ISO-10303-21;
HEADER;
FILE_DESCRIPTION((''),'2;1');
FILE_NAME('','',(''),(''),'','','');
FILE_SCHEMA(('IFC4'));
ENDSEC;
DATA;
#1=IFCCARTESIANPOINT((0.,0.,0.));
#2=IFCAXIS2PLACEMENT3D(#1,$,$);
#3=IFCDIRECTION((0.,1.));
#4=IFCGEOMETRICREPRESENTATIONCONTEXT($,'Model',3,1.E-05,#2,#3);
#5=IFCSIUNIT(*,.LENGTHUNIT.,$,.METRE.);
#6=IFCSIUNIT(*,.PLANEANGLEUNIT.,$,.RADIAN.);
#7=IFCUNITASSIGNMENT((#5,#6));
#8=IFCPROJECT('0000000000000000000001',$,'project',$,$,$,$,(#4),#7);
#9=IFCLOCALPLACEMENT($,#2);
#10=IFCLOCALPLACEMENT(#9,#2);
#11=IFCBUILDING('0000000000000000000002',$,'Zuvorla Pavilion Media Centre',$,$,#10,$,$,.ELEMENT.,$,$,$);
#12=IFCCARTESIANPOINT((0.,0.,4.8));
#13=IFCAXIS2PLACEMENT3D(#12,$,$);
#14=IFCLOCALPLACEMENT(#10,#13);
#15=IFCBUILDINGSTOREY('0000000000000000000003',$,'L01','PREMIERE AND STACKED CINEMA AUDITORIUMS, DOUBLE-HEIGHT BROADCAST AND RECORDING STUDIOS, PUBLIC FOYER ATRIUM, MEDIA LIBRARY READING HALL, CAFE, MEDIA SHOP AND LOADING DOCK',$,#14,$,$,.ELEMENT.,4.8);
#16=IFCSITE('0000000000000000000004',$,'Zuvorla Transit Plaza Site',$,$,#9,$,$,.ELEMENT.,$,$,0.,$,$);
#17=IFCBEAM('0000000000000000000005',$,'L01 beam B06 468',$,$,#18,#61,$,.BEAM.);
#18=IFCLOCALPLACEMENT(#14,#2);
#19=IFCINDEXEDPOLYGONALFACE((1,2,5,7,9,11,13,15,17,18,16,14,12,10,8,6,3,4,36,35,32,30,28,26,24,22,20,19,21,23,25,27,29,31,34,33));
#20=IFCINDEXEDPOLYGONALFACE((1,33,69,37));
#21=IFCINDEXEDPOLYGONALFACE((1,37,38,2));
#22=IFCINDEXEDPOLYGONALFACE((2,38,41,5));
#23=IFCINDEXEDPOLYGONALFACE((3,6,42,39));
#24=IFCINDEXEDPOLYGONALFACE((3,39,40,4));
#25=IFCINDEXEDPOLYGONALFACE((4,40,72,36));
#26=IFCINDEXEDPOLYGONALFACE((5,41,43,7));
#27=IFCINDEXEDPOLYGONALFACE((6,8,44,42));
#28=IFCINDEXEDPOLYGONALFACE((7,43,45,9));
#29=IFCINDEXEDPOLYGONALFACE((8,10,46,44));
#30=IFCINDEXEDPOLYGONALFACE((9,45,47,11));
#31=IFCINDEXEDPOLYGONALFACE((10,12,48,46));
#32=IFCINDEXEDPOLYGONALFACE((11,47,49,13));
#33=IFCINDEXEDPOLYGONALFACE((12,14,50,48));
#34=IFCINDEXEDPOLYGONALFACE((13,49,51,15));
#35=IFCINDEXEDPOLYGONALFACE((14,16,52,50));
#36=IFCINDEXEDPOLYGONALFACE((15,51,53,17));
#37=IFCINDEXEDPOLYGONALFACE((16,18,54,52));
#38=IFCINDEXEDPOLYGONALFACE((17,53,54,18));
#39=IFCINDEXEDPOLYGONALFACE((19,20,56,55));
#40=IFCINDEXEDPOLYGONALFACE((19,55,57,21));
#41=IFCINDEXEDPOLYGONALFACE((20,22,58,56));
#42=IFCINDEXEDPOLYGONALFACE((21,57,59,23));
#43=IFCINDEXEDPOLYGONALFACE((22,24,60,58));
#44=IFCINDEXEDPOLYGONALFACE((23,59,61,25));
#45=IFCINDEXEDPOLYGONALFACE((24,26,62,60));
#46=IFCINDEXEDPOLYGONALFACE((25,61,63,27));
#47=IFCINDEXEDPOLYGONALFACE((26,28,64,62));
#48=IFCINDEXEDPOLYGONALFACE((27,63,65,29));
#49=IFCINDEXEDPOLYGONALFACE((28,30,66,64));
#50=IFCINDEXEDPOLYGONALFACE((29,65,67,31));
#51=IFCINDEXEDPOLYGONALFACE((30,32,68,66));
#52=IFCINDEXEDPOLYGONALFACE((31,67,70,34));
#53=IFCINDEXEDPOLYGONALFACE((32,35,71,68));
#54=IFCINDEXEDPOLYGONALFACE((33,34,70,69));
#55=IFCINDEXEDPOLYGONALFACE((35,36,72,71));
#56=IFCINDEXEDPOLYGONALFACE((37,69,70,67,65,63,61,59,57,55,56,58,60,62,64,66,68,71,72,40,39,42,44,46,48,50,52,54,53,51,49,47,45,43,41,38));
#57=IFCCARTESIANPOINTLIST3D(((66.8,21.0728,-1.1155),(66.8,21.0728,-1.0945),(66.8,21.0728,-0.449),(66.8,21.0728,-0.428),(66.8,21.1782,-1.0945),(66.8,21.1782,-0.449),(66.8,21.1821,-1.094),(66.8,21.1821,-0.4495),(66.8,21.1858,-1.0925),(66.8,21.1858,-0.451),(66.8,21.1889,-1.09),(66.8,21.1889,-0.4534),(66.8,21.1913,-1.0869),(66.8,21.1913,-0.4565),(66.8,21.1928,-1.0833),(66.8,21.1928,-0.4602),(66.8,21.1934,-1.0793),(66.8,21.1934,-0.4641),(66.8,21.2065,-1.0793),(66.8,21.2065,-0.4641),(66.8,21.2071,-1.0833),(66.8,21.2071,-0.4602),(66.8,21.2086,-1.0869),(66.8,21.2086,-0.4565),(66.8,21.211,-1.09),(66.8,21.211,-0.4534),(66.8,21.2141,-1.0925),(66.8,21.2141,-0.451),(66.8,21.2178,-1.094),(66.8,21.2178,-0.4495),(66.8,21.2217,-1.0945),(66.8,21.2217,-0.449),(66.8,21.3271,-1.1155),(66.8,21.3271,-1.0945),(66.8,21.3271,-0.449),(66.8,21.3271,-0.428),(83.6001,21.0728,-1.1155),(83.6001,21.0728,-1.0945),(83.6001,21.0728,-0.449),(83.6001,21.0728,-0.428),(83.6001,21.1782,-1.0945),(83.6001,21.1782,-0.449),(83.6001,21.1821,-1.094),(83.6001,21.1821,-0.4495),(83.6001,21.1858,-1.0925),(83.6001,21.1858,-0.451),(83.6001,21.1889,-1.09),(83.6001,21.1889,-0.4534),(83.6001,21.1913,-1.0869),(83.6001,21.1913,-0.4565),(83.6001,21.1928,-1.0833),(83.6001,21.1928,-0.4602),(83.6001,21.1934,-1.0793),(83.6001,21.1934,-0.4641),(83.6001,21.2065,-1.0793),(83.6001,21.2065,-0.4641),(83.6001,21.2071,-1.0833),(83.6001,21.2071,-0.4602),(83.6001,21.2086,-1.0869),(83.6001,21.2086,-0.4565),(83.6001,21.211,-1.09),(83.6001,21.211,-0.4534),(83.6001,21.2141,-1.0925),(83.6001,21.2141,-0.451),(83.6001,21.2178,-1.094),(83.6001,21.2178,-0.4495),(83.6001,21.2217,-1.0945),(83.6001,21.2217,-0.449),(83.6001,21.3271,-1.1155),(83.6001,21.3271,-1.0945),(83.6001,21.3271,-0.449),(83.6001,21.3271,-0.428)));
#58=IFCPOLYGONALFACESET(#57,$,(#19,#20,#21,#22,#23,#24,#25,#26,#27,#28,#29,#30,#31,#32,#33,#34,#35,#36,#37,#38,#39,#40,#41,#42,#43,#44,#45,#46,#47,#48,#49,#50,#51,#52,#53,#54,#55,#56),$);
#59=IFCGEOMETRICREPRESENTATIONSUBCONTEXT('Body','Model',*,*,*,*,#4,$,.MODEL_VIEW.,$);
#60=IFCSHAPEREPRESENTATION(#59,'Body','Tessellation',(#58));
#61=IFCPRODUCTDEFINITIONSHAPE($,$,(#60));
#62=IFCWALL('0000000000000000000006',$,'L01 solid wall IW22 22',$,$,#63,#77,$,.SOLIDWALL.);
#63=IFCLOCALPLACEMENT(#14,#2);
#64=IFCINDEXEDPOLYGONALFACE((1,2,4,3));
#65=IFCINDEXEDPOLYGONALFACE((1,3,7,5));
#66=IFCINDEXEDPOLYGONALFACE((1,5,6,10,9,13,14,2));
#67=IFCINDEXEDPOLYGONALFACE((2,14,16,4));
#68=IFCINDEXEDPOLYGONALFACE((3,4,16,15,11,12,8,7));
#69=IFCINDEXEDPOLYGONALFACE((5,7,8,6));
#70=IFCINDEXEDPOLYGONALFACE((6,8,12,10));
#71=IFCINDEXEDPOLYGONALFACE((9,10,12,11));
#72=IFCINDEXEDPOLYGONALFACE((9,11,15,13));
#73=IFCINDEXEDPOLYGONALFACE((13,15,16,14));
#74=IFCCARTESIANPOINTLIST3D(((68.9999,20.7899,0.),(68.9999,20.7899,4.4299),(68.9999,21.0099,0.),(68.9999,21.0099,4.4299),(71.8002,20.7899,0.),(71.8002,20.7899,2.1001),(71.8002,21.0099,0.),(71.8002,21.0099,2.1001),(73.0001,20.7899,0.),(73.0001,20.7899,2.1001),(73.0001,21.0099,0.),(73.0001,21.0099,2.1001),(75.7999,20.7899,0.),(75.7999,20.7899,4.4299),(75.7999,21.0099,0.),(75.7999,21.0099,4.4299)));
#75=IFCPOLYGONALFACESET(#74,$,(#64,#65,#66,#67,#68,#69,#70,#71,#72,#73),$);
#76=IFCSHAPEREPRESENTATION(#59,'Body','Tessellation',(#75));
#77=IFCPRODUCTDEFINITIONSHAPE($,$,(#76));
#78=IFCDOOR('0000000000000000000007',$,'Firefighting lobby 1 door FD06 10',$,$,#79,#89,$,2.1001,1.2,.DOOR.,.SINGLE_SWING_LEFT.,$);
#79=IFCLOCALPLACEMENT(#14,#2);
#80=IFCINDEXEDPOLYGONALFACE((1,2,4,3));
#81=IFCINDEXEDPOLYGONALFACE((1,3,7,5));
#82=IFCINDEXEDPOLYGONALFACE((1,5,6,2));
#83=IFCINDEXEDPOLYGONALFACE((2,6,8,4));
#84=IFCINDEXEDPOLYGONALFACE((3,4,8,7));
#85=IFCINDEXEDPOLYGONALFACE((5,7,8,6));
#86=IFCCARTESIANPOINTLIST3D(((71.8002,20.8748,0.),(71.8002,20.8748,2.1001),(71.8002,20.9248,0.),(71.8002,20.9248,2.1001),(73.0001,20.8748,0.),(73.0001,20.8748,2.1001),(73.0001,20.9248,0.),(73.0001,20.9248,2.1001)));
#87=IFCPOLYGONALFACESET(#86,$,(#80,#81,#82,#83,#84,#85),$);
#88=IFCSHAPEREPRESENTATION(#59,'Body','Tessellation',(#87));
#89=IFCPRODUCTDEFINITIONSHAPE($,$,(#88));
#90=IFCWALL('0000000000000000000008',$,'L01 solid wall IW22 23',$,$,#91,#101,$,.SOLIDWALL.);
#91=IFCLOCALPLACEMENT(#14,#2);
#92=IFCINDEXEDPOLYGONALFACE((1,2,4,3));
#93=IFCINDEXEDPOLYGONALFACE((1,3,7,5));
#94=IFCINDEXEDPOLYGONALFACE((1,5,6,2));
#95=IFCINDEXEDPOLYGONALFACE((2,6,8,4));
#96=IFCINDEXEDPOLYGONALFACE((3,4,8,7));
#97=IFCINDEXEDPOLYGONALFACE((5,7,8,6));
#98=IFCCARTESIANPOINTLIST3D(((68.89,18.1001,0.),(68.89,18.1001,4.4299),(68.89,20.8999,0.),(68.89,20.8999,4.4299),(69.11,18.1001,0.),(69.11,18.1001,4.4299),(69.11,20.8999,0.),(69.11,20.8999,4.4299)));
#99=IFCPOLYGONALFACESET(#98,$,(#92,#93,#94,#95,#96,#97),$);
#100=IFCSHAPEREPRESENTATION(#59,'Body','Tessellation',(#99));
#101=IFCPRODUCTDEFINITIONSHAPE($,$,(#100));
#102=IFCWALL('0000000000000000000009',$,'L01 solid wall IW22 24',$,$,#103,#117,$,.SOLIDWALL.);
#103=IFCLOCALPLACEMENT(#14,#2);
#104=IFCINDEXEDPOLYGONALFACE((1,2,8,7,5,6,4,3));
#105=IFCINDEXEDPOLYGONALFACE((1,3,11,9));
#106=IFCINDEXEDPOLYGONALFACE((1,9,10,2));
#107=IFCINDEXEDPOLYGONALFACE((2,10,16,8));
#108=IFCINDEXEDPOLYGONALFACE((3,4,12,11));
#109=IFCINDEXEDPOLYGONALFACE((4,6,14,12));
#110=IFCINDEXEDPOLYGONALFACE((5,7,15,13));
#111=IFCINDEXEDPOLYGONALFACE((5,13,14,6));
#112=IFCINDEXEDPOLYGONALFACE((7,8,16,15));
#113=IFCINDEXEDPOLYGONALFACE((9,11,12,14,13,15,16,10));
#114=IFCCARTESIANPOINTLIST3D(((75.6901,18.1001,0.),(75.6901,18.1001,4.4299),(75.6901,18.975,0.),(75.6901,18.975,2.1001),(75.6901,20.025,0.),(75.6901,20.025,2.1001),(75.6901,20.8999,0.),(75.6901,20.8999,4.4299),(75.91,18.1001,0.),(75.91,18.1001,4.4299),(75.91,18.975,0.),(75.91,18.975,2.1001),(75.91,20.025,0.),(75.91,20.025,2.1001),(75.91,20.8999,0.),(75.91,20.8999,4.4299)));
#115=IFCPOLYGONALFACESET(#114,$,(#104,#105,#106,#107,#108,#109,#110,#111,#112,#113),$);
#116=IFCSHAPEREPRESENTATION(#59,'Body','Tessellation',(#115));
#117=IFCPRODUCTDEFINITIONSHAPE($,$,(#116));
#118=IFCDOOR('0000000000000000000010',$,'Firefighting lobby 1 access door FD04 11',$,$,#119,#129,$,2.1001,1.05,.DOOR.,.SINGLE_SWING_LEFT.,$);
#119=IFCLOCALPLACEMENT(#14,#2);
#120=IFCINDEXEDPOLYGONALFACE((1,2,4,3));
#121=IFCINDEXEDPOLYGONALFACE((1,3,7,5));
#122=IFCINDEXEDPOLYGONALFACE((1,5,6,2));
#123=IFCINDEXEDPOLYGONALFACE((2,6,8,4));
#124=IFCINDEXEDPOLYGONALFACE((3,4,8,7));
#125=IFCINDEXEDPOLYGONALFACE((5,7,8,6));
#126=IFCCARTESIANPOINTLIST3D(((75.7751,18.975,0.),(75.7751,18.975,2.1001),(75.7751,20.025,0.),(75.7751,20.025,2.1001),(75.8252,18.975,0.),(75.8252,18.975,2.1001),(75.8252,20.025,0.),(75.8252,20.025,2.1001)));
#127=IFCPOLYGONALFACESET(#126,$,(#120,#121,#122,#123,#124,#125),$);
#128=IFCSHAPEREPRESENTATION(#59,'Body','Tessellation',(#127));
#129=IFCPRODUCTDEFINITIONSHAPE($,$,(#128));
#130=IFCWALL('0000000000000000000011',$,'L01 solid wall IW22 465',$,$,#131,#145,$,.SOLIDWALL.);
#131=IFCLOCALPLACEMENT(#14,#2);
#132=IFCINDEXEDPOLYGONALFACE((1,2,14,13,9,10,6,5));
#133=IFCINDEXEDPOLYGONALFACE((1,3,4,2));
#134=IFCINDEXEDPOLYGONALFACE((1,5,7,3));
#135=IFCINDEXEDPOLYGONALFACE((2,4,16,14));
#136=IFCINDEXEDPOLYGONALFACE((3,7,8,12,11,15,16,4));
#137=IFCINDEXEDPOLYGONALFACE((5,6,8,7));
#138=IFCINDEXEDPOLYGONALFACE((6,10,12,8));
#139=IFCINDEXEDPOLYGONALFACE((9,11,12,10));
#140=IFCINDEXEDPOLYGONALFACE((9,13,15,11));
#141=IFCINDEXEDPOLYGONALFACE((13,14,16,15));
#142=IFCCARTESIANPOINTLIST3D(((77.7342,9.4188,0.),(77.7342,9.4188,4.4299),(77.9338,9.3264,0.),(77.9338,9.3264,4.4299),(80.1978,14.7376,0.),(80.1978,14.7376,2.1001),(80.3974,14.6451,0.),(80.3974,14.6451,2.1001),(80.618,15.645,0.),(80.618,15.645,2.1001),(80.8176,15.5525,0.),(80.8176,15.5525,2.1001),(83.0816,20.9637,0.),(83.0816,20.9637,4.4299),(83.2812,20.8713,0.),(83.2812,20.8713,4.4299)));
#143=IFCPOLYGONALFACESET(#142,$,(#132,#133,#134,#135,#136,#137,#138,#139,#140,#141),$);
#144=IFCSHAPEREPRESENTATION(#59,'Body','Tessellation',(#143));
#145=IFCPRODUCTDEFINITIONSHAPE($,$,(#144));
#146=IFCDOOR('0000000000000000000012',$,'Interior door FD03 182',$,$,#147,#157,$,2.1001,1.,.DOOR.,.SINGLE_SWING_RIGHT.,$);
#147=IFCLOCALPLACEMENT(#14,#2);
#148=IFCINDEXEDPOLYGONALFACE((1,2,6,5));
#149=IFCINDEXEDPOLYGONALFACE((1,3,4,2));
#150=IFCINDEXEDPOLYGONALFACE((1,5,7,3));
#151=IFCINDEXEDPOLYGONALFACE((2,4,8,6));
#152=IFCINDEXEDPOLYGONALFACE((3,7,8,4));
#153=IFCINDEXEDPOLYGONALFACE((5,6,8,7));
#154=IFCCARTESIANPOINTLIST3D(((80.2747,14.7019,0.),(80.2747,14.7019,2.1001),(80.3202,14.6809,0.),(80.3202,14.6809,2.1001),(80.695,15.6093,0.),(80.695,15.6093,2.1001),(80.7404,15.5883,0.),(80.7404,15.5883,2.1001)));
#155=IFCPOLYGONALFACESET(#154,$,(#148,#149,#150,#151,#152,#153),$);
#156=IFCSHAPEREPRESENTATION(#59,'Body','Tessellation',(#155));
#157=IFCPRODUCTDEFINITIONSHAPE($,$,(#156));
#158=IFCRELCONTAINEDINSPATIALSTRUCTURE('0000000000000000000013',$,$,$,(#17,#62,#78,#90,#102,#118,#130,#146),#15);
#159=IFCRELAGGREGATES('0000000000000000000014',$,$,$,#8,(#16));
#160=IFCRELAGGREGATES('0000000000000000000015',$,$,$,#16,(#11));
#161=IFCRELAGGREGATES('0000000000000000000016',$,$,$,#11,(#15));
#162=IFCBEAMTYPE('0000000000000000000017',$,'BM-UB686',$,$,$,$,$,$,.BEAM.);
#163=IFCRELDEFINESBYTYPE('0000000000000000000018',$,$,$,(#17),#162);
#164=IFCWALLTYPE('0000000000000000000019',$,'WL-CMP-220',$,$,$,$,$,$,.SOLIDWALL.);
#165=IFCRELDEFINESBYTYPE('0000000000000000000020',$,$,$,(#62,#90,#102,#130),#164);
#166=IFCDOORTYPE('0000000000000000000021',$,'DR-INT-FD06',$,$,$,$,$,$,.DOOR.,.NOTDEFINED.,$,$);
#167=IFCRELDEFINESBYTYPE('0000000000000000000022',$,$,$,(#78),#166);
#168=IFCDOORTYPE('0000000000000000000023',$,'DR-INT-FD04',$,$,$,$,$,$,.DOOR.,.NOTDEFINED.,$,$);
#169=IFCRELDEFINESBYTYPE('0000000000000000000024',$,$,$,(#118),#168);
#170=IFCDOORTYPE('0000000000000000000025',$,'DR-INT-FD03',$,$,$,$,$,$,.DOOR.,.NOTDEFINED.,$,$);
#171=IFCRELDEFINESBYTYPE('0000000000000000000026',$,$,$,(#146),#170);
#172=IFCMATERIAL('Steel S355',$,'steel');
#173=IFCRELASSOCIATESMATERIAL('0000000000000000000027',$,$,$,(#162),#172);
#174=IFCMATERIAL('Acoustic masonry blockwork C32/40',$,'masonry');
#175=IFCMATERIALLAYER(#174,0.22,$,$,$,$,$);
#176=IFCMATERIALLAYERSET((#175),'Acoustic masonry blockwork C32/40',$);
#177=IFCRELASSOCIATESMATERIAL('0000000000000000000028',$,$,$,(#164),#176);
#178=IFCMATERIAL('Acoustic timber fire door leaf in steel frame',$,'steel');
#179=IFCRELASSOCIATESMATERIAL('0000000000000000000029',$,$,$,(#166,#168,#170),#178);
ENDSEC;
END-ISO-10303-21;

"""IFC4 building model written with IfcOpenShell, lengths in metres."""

from ifc_helpers import new_model, si_unit, direction, frame, frame_2d, origin, origin_2d, place, context, subcontext, project, spatial, rectangle, i_section, extrude, material, layer, layer_set, material_profile, profile_set, type_object, element, fill, save


model = new_model("IFC4")

# Units and contexts
model_context = context("Model", 3, precision=1e-05, world=origin(), true_north=direction((0.0, 1.0)))
body_context = subcontext(model_context, "Body", "Model", "MODEL_VIEW")
ifc_project = project(units=[si_unit("LENGTHUNIT", "METRE"), si_unit("PLANEANGLEUNIT", "RADIAN")], contexts=[model_context])

# Site, building, storey
site_placement = place(None, origin())
site = spatial("IfcSite", under=ifc_project, at=site_placement, Name="Zuvorla Transit Plaza Site", CompositionType="ELEMENT", RefElevation=0.0)
building_placement = place(site_placement, origin())
building = spatial("IfcBuilding", under=site, at=building_placement, Name="Zuvorla Pavilion Media Centre", CompositionType="ELEMENT")
storey_placement = place(building_placement, frame((0.0, 0.0, 4.8)))
storey = spatial("IfcBuildingStorey", under=building, at=storey_placement, Name="L01", Description="PREMIERE AND STACKED CINEMA AUDITORIUMS, DOUBLE-HEIGHT BROADCAST AND RECORDING STUDIOS, PUBLIC FOYER ATRIUM, MEDIA LIBRARY READING HALL, CAFE, MEDIA SHOP AND LOADING DOCK", CompositionType="ELEMENT", Elevation=4.8)

# Beam
ifc_material_1 = material(Name="Steel S355", Category="steel")
ifc_material_profile_1 = material_profile(ifc_material_1, i_section(OverallWidth=0.2544, OverallDepth=0.6875, WebThickness=0.0132, FlangeThickness=0.021, FilletRadius=0.0151, at=origin_2d()), Name="UB 686x254x152")
ifc_profile_set_1 = profile_set([ifc_material_profile_1], Name="Steel S355")
beam_type_1 = type_object("IfcBeamType", Name="BM-UB686", PredefinedType="BEAM", material=ifc_profile_set_1)
beam_1_placement = place(storey_placement, frame((66.8, 21.2, -0.7717), z_axis=(1.0, 0.0, 0.0), x_axis=(0.0, 1.0, 0.0)))
element("IfcBeam", 1, at=beam_1_placement, inside=storey, type_object=beam_type_1, Name="L01 beam B06 468", PredefinedType="BEAM", context=body_context, shape_type="SweptSolid", body=[
    extrude(i_section(OverallWidth=0.2544, OverallDepth=0.6875, WebThickness=0.0132, FlangeThickness=0.021, FilletRadius=0.0151, at=origin_2d()), origin(), (0.0, 0.0, 1.0), 16.8),
])

# Wall, opening, door
ifc_material_2 = material(Name="Acoustic masonry blockwork C32/40", Category="masonry")
ifc_layer_1 = layer(ifc_material_2, 0.22)
ifc_layer_set_1 = layer_set([ifc_layer_1], Name="Acoustic masonry blockwork C32/40")
wall_type_1 = type_object("IfcWallType", Name="WL-CMP-220", PredefinedType="SOLIDWALL", material=ifc_layer_set_1)
wall_1_placement = place(storey_placement, frame((69.0, 20.8999, 0.0), z_axis=(0.0, 0.0, 1.0), x_axis=(1.0, 0.0, 0.0)))
wall_1 = element("IfcWall", 2, at=wall_1_placement, inside=storey, type_object=wall_type_1, Name="L01 solid wall IW22 22", PredefinedType="SOLIDWALL", context=body_context, shape_type="SweptSolid", body=[
    extrude(rectangle(XDim=6.8, YDim=0.22, at=frame_2d((3.3999, 0.0))), origin(), (0.0, 0.0, 1.0), 4.4299),
])
opening_1_placement = place(wall_1_placement, frame((2.8, 0.0, 0.0)))
opening_1 = element("IfcOpeningElement", 3, at=opening_1_placement, cuts=wall_1, PredefinedType="OPENING", context=body_context, shape_type="SweptSolid", body=[
    extrude(rectangle(XDim=1.2, YDim=2.1001, at=frame_2d((0.6001, 1.05))), frame((0.0, 0.1199, 0.0), z_axis=(0.0, -1.0, 0.0), x_axis=(1.0, 0.0, 0.0)), (0.0, 0.0, 1.0), 0.24),
])
ifc_material_3 = material(Name="Acoustic timber fire door leaf in steel frame", Category="steel")
door_type_1 = type_object("IfcDoorType", Name="DR-INT-FD06", OperationType="NOTDEFINED", PredefinedType="DOOR", material=ifc_material_3)
door_1_placement = place(opening_1_placement, origin())
door_1 = element("IfcDoor", 4, at=door_1_placement, inside=storey, type_object=door_type_1, Name="Firefighting lobby 1 door FD06 10", OperationType="SINGLE_SWING_LEFT", OverallHeight=2.1001, OverallWidth=1.2, PredefinedType="DOOR", context=body_context, shape_type="SweptSolid", body=[
    extrude(rectangle(XDim=1.2, YDim=2.1001, at=frame_2d((0.6001, 1.05))), frame((0.0, 0.0249, 0.0), z_axis=(0.0, -1.0, 0.0), x_axis=(1.0, 0.0, 0.0)), (0.0, 0.0, 1.0), 0.05),
])
fill(opening_1, door_1)

# Wall
wall_2_placement = place(storey_placement, frame((69.0, 18.1001, 0.0), z_axis=(0.0, 0.0, 1.0), x_axis=(0.0, 1.0, 0.0)))
element("IfcWall", 5, at=wall_2_placement, inside=storey, type_object=wall_type_1, Name="L01 solid wall IW22 23", PredefinedType="SOLIDWALL", context=body_context, shape_type="SweptSolid", body=[
    extrude(rectangle(XDim=2.7998, YDim=0.22, at=frame_2d((1.3999, 0.0))), origin(), (0.0, 0.0, 1.0), 4.4299),
])

# Walls, openings, doors
wall_3_placement = place(storey_placement, frame((75.8, 18.1001, 0.0), z_axis=(0.0, 0.0, 1.0), x_axis=(0.0, 1.0, 0.0)))
wall_3 = element("IfcWall", 6, at=wall_3_placement, inside=storey, type_object=wall_type_1, Name="L01 solid wall IW22 24", PredefinedType="SOLIDWALL", context=body_context, shape_type="SweptSolid", body=[
    extrude(rectangle(XDim=2.7998, YDim=0.22, at=frame_2d((1.3999, 0.0))), origin(), (0.0, 0.0, 1.0), 4.4299),
])
opening_2_placement = place(wall_3_placement, frame((0.875, 0.0, 0.0)))
opening_2 = element("IfcOpeningElement", 7, at=opening_2_placement, cuts=wall_3, PredefinedType="OPENING", context=body_context, shape_type="SweptSolid", body=[
    extrude(rectangle(XDim=1.05, YDim=2.1001, at=frame_2d((0.5249, 1.05))), frame((0.0, 0.1199, 0.0), z_axis=(0.0, -1.0, 0.0), x_axis=(1.0, 0.0, 0.0)), (0.0, 0.0, 1.0), 0.24),
])
door_type_2 = type_object("IfcDoorType", Name="DR-INT-FD04", OperationType="NOTDEFINED", PredefinedType="DOOR", material=ifc_material_3)
door_2_placement = place(opening_2_placement, origin())
door_2 = element("IfcDoor", 8, at=door_2_placement, inside=storey, type_object=door_type_2, Name="Firefighting lobby 1 access door FD04 11", OperationType="SINGLE_SWING_LEFT", OverallHeight=2.1001, OverallWidth=1.05, PredefinedType="DOOR", context=body_context, shape_type="SweptSolid", body=[
    extrude(rectangle(XDim=1.05, YDim=2.1001, at=frame_2d((0.5249, 1.05))), frame((0.0, 0.0249, 0.0), z_axis=(0.0, -1.0, 0.0), x_axis=(1.0, 0.0, 0.0)), (0.0, 0.0, 1.0), 0.05),
])
fill(opening_2, door_2)
wall_4_placement = place(storey_placement, frame((83.1814, 20.9175, 0.0), z_axis=(0.0, 0.0, 1.0), x_axis=(-0.420288, -0.907391, 0.0)))
wall_4 = element("IfcWall", 9, at=wall_4_placement, inside=storey, type_object=wall_type_1, Name="L01 solid wall IW22 465", PredefinedType="SOLIDWALL", context=body_context, shape_type="SweptSolid", body=[
    extrude(rectangle(XDim=12.7231, YDim=0.22, at=frame_2d((6.3616, 0.0))), origin(), (0.0, 0.0, 1.0), 4.4299),
])
opening_3_placement = place(wall_4_placement, frame((5.8616, 0.0, 0.0)))
opening_3 = element("IfcOpeningElement", 10, at=opening_3_placement, cuts=wall_4, PredefinedType="OPENING", context=body_context, shape_type="SweptSolid", body=[
    extrude(rectangle(XDim=1.0, YDim=2.1001, at=frame_2d((0.5, 1.05))), frame((0.0, 0.1199, 0.0), z_axis=(0.0, -1.0, 0.0), x_axis=(1.0, 0.0, 0.0)), (0.0, 0.0, 1.0), 0.24),
])
door_type_3 = type_object("IfcDoorType", Name="DR-INT-FD03", OperationType="NOTDEFINED", PredefinedType="DOOR", material=ifc_material_3)
door_3_placement = place(opening_3_placement, origin())
door_3 = element("IfcDoor", 11, at=door_3_placement, inside=storey, type_object=door_type_3, Name="Interior door FD03 182", OperationType="SINGLE_SWING_RIGHT", OverallHeight=2.1001, OverallWidth=1.0, PredefinedType="DOOR", context=body_context, shape_type="SweptSolid", body=[
    extrude(rectangle(XDim=1.0, YDim=2.1001, at=frame_2d((0.5, 1.05))), frame((0.0, 0.0249, 0.0), z_axis=(0.0, -1.0, 0.0), x_axis=(1.0, 0.0, 0.0)), (0.0, 0.0, 1.0), 0.05),
])
fill(opening_3, door_3)

save(model, "model.ifc")
